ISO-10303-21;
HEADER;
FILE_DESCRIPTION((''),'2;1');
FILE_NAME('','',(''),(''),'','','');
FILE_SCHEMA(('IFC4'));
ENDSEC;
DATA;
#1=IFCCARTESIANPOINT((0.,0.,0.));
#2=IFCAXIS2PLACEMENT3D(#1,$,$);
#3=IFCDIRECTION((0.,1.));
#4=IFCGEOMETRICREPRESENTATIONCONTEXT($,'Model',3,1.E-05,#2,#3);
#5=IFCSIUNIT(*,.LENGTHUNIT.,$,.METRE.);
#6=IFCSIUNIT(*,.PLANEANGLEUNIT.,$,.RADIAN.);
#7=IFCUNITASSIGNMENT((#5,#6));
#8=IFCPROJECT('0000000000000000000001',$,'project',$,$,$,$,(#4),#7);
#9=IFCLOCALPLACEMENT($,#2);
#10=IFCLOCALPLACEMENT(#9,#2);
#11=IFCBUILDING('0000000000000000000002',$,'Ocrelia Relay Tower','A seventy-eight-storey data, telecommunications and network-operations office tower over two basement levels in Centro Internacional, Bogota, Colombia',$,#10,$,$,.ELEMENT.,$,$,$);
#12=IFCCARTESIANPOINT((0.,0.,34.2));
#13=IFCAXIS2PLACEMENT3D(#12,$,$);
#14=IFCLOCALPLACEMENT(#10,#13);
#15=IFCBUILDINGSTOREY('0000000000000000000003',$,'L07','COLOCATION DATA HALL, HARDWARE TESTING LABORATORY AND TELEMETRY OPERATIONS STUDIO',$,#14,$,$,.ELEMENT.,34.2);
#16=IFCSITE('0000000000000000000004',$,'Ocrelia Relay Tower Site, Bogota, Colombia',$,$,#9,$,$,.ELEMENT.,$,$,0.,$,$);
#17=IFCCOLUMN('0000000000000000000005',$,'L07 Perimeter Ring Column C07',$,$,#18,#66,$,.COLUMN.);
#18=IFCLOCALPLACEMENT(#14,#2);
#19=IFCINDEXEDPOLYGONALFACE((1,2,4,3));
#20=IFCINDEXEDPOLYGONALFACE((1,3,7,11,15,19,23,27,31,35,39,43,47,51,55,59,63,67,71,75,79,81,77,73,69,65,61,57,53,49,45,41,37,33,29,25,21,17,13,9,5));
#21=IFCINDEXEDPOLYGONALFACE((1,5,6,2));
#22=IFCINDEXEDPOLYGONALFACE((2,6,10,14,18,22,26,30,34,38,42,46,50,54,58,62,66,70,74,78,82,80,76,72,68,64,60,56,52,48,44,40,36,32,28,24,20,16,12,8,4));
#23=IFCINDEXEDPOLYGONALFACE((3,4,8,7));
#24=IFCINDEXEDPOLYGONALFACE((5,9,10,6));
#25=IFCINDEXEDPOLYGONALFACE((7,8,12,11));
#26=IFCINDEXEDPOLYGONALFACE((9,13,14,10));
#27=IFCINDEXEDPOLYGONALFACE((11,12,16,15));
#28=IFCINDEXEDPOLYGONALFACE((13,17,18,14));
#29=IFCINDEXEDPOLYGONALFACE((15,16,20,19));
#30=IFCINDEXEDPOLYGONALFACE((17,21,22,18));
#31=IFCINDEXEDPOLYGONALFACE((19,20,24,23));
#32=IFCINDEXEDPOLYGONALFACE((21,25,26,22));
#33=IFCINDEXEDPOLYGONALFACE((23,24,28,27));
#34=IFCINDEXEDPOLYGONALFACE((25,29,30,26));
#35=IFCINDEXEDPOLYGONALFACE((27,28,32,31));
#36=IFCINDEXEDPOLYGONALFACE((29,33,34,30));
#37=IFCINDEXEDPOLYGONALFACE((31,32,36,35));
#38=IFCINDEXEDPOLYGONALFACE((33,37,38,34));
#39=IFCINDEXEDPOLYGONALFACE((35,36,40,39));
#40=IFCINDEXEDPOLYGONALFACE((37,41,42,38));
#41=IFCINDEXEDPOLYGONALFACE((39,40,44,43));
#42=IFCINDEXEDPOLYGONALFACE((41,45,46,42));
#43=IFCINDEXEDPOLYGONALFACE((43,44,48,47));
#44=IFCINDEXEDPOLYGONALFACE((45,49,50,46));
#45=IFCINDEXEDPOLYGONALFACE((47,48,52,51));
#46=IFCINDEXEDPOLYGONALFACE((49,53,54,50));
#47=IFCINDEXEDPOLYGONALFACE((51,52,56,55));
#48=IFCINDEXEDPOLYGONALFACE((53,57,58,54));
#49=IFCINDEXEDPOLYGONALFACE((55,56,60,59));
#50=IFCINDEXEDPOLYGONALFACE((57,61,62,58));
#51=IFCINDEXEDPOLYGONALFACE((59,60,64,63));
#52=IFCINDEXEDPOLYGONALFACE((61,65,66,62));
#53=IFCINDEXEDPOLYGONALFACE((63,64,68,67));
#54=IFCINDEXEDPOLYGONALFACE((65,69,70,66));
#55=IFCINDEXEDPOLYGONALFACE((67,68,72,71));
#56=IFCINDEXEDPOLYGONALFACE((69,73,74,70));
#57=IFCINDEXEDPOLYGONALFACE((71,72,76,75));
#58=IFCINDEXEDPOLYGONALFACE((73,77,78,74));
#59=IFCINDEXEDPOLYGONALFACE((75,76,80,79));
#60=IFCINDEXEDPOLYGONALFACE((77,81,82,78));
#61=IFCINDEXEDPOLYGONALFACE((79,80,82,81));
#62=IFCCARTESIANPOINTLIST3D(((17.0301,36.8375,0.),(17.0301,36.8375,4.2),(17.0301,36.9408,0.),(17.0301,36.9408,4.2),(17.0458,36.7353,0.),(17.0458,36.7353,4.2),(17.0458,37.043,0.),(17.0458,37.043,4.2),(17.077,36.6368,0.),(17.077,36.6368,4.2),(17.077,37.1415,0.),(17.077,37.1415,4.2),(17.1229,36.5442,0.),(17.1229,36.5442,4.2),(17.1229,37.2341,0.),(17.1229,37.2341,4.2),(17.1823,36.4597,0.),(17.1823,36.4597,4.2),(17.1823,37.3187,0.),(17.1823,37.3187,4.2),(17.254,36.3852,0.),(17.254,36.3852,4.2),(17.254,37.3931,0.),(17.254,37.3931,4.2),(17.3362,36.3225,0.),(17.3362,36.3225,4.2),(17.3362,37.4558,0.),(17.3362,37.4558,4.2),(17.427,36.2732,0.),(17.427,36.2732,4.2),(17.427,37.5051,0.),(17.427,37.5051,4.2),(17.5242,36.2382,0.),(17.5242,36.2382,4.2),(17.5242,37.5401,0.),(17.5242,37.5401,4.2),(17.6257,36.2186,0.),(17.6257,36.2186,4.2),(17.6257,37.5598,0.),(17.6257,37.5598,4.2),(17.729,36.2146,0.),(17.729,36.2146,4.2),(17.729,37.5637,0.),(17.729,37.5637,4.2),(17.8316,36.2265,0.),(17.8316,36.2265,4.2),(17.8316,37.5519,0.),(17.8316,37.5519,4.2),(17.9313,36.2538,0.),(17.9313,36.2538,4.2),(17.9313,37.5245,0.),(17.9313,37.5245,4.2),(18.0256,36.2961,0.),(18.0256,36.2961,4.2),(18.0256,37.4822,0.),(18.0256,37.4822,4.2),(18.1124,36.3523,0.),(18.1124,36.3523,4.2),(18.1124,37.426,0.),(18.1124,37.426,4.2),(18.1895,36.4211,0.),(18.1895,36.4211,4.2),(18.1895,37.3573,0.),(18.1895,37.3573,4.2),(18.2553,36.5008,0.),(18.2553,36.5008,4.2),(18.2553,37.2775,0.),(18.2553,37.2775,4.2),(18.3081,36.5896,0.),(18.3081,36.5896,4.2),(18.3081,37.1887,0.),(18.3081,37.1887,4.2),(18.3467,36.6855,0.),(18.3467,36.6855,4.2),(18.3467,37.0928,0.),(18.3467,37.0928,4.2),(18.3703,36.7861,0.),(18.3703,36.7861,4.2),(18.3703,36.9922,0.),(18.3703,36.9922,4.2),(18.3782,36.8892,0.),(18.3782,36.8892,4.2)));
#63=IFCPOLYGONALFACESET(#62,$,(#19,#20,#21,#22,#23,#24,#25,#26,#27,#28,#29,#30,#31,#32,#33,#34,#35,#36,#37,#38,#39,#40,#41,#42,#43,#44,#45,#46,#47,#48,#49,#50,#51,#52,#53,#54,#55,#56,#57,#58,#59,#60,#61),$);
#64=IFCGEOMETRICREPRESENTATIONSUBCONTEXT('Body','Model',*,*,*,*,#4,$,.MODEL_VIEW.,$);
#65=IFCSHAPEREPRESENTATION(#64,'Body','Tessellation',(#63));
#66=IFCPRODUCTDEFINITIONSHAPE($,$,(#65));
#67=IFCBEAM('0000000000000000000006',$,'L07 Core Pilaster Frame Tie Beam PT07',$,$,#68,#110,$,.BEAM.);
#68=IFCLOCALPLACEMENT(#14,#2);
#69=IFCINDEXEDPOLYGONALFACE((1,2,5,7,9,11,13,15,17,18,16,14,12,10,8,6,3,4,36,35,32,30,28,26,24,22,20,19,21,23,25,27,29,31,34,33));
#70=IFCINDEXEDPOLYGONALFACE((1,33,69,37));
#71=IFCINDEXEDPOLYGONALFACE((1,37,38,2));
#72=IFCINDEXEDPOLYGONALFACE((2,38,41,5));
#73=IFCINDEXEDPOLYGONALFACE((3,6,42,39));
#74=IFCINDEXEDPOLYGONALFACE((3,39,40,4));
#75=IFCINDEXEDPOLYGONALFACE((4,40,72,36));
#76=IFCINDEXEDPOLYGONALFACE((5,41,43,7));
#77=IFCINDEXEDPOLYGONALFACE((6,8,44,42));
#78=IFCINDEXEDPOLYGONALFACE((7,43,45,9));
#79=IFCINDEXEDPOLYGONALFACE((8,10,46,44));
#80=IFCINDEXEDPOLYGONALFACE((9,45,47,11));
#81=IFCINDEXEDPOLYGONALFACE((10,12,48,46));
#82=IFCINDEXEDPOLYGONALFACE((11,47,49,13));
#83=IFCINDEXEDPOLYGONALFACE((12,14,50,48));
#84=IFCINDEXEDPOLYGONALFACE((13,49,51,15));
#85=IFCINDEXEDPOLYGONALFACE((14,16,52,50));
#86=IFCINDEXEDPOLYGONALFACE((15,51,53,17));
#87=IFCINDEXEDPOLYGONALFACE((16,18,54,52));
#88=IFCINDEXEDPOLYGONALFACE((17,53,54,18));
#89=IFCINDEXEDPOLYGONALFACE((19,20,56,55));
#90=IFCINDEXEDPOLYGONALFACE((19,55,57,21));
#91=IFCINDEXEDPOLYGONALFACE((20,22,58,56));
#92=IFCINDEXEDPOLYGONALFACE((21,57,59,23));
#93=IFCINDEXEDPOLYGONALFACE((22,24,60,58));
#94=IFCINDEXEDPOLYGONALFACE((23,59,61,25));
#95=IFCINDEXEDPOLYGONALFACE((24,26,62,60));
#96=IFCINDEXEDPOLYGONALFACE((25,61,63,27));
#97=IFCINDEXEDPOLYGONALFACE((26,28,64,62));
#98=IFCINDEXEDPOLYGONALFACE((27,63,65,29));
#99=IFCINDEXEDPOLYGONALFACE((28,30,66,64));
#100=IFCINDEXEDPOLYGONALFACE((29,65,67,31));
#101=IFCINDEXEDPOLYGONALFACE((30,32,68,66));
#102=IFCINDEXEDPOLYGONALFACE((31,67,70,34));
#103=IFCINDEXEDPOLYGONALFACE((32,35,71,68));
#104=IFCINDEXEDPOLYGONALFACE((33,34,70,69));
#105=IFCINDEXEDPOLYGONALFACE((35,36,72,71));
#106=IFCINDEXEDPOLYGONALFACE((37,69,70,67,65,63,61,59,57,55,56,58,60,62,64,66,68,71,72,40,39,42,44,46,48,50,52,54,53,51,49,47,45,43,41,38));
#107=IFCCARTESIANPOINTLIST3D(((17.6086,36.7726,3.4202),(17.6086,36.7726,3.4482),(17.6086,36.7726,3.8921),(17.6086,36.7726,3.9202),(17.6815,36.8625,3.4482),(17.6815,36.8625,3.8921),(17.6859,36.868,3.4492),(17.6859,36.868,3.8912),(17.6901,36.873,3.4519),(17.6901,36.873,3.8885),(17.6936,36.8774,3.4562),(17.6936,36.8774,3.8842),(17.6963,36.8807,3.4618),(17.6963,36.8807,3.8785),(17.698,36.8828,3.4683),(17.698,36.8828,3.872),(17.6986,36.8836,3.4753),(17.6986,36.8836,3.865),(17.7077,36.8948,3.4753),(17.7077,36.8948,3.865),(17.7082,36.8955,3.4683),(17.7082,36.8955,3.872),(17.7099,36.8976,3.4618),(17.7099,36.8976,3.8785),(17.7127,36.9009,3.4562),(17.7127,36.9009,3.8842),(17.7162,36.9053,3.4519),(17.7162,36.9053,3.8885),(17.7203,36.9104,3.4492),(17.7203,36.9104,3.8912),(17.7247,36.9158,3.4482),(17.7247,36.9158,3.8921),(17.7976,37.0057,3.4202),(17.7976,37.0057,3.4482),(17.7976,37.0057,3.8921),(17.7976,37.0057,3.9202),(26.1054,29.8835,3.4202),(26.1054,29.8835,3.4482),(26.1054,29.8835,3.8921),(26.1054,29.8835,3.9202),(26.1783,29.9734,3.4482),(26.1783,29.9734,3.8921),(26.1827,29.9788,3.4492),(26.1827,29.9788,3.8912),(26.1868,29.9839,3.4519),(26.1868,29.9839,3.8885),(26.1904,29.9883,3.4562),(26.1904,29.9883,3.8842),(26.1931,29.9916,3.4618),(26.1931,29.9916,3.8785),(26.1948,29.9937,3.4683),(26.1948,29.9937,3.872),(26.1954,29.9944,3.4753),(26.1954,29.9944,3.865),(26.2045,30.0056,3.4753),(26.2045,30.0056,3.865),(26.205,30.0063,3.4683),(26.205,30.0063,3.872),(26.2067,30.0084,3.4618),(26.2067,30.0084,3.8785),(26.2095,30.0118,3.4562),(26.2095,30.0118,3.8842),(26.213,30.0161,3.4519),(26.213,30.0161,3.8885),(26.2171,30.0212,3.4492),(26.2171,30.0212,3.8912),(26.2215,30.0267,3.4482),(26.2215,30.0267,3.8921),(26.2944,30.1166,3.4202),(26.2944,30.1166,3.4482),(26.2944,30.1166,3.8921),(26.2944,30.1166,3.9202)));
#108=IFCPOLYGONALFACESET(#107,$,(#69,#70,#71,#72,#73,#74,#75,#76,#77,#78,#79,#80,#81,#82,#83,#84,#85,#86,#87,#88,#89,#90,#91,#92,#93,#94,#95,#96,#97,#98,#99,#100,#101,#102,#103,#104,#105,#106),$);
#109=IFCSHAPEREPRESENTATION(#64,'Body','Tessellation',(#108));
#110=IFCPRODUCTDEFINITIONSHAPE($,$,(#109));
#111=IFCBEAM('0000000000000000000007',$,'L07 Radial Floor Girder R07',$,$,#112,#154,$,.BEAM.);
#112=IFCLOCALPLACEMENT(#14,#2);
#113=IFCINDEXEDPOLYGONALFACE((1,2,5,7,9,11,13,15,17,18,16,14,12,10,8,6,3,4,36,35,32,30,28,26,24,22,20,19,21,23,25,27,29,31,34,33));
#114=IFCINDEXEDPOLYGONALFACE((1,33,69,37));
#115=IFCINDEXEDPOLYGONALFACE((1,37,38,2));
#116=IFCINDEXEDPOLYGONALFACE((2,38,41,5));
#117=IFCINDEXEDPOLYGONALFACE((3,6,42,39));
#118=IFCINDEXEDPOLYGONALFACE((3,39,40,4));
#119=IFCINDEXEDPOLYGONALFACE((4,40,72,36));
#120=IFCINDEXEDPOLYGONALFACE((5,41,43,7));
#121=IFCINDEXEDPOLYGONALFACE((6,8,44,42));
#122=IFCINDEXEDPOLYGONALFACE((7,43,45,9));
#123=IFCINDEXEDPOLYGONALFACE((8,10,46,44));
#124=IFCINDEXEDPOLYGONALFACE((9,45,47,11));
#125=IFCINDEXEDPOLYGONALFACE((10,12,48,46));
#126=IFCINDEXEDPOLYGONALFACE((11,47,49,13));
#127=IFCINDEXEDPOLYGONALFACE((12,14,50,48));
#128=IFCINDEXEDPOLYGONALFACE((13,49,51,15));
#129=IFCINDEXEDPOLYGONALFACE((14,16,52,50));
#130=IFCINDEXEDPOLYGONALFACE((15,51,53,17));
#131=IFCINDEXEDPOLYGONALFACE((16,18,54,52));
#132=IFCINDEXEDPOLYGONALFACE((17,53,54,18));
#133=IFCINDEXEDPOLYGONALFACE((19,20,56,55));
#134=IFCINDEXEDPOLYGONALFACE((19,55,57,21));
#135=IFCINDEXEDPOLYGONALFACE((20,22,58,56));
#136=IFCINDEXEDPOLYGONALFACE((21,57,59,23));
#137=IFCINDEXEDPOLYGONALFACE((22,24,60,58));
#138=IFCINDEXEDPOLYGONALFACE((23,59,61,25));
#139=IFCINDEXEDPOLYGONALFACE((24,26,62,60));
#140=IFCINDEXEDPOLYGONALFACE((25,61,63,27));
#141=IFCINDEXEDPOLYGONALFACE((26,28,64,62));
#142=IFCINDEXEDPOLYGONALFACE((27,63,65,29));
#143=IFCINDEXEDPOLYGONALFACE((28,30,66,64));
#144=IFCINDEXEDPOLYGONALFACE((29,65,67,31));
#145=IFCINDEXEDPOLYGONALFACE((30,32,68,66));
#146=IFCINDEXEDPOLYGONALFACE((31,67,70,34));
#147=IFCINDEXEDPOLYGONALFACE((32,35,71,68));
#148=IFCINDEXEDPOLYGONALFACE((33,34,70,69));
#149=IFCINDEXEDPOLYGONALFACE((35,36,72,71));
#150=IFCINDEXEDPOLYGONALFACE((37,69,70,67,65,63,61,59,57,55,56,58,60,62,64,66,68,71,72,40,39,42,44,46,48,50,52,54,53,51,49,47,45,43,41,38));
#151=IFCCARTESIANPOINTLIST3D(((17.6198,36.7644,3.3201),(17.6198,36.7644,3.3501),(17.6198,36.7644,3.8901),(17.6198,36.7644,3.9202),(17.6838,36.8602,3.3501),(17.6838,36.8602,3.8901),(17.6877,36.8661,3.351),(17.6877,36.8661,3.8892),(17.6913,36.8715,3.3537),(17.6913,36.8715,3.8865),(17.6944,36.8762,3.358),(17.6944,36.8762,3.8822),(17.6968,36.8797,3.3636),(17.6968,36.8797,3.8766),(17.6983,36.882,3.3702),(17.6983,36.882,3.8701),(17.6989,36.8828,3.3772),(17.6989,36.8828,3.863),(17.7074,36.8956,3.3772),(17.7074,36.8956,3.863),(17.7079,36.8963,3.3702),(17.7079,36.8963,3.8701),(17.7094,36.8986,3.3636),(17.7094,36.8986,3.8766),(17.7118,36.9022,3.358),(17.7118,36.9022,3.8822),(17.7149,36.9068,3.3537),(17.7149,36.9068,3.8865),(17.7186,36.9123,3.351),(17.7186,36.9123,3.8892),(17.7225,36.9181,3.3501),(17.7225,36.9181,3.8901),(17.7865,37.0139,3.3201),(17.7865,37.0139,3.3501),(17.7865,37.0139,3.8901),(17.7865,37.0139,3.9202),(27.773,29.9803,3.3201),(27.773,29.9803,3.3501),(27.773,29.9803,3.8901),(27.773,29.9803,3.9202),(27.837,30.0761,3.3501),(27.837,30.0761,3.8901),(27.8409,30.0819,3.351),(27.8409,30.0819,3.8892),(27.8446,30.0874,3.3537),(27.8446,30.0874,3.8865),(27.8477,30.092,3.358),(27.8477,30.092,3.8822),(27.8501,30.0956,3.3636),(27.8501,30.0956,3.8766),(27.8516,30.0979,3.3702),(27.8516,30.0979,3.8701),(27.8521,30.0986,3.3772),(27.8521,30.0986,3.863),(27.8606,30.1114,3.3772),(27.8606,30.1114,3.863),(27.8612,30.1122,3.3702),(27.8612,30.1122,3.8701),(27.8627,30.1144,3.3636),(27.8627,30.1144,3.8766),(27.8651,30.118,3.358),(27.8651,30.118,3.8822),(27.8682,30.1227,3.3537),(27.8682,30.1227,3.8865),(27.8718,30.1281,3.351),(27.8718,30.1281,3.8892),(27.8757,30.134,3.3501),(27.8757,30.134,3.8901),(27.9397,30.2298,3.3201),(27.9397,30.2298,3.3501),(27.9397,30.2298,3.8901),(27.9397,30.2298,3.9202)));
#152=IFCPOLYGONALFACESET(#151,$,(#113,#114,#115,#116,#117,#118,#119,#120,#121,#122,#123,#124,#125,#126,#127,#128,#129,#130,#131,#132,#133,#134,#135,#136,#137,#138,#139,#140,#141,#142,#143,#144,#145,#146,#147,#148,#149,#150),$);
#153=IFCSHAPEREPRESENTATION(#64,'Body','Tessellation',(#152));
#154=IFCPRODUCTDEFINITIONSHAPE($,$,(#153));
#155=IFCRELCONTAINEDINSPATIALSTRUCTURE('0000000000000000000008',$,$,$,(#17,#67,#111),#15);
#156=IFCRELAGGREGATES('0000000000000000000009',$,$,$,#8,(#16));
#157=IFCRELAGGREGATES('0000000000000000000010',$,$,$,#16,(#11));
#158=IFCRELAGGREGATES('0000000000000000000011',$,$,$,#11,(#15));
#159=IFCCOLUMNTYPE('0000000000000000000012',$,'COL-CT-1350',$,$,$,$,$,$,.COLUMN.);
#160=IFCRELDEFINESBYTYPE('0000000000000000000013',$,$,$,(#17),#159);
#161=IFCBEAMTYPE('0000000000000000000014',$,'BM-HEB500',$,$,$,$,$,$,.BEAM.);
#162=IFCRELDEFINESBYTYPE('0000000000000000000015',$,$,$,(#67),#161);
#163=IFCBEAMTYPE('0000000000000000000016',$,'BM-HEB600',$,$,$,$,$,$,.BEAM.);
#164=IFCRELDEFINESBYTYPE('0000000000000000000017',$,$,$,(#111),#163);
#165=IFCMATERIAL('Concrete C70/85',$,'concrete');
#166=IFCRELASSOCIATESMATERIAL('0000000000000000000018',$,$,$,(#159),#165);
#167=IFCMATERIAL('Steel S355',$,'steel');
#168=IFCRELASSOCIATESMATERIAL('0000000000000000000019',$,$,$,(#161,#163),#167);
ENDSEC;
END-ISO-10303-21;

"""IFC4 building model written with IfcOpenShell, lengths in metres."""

from ifc_helpers import new_model, si_unit, direction, frame, origin, origin_2d, place, context, subcontext, project, spatial, circle, i_section, extrude, material, material_profile, profile_set, type_object, element, save


model = new_model("IFC4")

# Units and contexts
model_context = context("Model", 3, precision=1e-05, world=origin(), true_north=direction((0.0, 1.0)))
body_context = subcontext(model_context, "Body", "Model", "MODEL_VIEW")
ifc_project = project(units=[si_unit("LENGTHUNIT", "METRE"), si_unit("PLANEANGLEUNIT", "RADIAN")], contexts=[model_context])

# Site, building, storey
site_placement = place(None, origin())
site = spatial("IfcSite", under=ifc_project, at=site_placement, Name="Ocrelia Relay Tower Site, Bogota, Colombia", CompositionType="ELEMENT", RefElevation=0.0)
building_placement = place(site_placement, origin())
building = spatial("IfcBuilding", under=site, at=building_placement, Name="Ocrelia Relay Tower", Description="A seventy-eight-storey data, telecommunications and network-operations office tower over two basement levels in Centro Internacional, Bogota, Colombia", CompositionType="ELEMENT")
storey_placement = place(building_placement, frame((0.0, 0.0, 34.2)))
storey = spatial("IfcBuildingStorey", under=building, at=storey_placement, Name="L07", Description="COLOCATION DATA HALL, HARDWARE TESTING LABORATORY AND TELEMETRY OPERATIONS STUDIO", CompositionType="ELEMENT", Elevation=34.2)

# Column
ifc_material_1 = material(Name="Concrete C70/85", Category="concrete")
ifc_material_profile_1 = material_profile(ifc_material_1, circle(Radius=0.675, at=origin_2d()), Name="RC-CIR-1350")
ifc_profile_set_1 = profile_set([ifc_material_profile_1], Name="Concrete C70/85")
column_type = type_object("IfcColumnType", Name="COL-CT-1350", PredefinedType="COLUMN", material=ifc_profile_set_1)
column_placement = place(storey_placement, frame((17.7031, 36.8892, 0.0), z_axis=(0.0, 0.0, 1.0), x_axis=(1.0, 0.0, 0.0)))
element("IfcColumn", 1, at=column_placement, inside=storey, type_object=column_type, Name="L07 Perimeter Ring Column C07", PredefinedType="COLUMN", context=body_context, shape_type="SweptSolid", body=[
    extrude(circle(Radius=0.675, at=origin_2d()), origin(), (0.0, 0.0, 1.0), 4.2),
])

# Beams
ifc_material_2 = material(Name="Steel S355", Category="steel")
ifc_material_profile_2 = material_profile(ifc_material_2, i_section(OverallWidth=0.3, OverallDepth=0.5, WebThickness=0.0144, FlangeThickness=0.0281, FilletRadius=0.0271, at=origin_2d()), Name="HEB 500")
ifc_profile_set_2 = profile_set([ifc_material_profile_2], Name="Steel S355")
beam_type_1 = type_object("IfcBeamType", Name="BM-HEB500", PredefinedType="BEAM", material=ifc_profile_set_2)
beam_1_placement = place(storey_placement, frame((17.7031, 36.8892, 3.6702), z_axis=(0.776763, -0.629793, 0.0), x_axis=(0.629793, 0.776763, 0.0)))
element("IfcBeam", 2, at=beam_1_placement, inside=storey, type_object=beam_type_1, Name="L07 Core Pilaster Frame Tie Beam PT07", PredefinedType="BEAM", context=body_context, shape_type="SweptSolid", body=[
    extrude(i_section(OverallWidth=0.3, OverallDepth=0.5, WebThickness=0.0144, FlangeThickness=0.0281, FilletRadius=0.0271, at=origin_2d()), origin(), (0.0, 0.0, 1.0), 10.9387),
])
ifc_material_profile_3 = material_profile(ifc_material_2, i_section(OverallWidth=0.3, OverallDepth=0.6001, WebThickness=0.0154, FlangeThickness=0.03, FilletRadius=0.0271, at=origin_2d()), Name="HEB 600")
ifc_profile_set_3 = profile_set([ifc_material_profile_3], Name="Steel S355")
beam_type_2 = type_object("IfcBeamType", Name="BM-HEB600", PredefinedType="BEAM", material=ifc_profile_set_3)
beam_2_placement = place(storey_placement, frame((17.7031, 36.8892, 3.6201), z_axis=(0.831472, -0.555567, 0.0), x_axis=(0.555567, 0.831472, 0.0)))
element("IfcBeam", 3, at=beam_2_placement, inside=storey, type_object=beam_type_2, Name="L07 Radial Floor Girder R07", PredefinedType="BEAM", context=body_context, shape_type="SweptSolid", body=[
    extrude(i_section(OverallWidth=0.3, OverallDepth=0.6001, WebThickness=0.0154, FlangeThickness=0.03, FilletRadius=0.0271, at=origin_2d()), origin(), (0.0, 0.0, 1.0), 12.2112),
])

save(model, "model.ifc")
